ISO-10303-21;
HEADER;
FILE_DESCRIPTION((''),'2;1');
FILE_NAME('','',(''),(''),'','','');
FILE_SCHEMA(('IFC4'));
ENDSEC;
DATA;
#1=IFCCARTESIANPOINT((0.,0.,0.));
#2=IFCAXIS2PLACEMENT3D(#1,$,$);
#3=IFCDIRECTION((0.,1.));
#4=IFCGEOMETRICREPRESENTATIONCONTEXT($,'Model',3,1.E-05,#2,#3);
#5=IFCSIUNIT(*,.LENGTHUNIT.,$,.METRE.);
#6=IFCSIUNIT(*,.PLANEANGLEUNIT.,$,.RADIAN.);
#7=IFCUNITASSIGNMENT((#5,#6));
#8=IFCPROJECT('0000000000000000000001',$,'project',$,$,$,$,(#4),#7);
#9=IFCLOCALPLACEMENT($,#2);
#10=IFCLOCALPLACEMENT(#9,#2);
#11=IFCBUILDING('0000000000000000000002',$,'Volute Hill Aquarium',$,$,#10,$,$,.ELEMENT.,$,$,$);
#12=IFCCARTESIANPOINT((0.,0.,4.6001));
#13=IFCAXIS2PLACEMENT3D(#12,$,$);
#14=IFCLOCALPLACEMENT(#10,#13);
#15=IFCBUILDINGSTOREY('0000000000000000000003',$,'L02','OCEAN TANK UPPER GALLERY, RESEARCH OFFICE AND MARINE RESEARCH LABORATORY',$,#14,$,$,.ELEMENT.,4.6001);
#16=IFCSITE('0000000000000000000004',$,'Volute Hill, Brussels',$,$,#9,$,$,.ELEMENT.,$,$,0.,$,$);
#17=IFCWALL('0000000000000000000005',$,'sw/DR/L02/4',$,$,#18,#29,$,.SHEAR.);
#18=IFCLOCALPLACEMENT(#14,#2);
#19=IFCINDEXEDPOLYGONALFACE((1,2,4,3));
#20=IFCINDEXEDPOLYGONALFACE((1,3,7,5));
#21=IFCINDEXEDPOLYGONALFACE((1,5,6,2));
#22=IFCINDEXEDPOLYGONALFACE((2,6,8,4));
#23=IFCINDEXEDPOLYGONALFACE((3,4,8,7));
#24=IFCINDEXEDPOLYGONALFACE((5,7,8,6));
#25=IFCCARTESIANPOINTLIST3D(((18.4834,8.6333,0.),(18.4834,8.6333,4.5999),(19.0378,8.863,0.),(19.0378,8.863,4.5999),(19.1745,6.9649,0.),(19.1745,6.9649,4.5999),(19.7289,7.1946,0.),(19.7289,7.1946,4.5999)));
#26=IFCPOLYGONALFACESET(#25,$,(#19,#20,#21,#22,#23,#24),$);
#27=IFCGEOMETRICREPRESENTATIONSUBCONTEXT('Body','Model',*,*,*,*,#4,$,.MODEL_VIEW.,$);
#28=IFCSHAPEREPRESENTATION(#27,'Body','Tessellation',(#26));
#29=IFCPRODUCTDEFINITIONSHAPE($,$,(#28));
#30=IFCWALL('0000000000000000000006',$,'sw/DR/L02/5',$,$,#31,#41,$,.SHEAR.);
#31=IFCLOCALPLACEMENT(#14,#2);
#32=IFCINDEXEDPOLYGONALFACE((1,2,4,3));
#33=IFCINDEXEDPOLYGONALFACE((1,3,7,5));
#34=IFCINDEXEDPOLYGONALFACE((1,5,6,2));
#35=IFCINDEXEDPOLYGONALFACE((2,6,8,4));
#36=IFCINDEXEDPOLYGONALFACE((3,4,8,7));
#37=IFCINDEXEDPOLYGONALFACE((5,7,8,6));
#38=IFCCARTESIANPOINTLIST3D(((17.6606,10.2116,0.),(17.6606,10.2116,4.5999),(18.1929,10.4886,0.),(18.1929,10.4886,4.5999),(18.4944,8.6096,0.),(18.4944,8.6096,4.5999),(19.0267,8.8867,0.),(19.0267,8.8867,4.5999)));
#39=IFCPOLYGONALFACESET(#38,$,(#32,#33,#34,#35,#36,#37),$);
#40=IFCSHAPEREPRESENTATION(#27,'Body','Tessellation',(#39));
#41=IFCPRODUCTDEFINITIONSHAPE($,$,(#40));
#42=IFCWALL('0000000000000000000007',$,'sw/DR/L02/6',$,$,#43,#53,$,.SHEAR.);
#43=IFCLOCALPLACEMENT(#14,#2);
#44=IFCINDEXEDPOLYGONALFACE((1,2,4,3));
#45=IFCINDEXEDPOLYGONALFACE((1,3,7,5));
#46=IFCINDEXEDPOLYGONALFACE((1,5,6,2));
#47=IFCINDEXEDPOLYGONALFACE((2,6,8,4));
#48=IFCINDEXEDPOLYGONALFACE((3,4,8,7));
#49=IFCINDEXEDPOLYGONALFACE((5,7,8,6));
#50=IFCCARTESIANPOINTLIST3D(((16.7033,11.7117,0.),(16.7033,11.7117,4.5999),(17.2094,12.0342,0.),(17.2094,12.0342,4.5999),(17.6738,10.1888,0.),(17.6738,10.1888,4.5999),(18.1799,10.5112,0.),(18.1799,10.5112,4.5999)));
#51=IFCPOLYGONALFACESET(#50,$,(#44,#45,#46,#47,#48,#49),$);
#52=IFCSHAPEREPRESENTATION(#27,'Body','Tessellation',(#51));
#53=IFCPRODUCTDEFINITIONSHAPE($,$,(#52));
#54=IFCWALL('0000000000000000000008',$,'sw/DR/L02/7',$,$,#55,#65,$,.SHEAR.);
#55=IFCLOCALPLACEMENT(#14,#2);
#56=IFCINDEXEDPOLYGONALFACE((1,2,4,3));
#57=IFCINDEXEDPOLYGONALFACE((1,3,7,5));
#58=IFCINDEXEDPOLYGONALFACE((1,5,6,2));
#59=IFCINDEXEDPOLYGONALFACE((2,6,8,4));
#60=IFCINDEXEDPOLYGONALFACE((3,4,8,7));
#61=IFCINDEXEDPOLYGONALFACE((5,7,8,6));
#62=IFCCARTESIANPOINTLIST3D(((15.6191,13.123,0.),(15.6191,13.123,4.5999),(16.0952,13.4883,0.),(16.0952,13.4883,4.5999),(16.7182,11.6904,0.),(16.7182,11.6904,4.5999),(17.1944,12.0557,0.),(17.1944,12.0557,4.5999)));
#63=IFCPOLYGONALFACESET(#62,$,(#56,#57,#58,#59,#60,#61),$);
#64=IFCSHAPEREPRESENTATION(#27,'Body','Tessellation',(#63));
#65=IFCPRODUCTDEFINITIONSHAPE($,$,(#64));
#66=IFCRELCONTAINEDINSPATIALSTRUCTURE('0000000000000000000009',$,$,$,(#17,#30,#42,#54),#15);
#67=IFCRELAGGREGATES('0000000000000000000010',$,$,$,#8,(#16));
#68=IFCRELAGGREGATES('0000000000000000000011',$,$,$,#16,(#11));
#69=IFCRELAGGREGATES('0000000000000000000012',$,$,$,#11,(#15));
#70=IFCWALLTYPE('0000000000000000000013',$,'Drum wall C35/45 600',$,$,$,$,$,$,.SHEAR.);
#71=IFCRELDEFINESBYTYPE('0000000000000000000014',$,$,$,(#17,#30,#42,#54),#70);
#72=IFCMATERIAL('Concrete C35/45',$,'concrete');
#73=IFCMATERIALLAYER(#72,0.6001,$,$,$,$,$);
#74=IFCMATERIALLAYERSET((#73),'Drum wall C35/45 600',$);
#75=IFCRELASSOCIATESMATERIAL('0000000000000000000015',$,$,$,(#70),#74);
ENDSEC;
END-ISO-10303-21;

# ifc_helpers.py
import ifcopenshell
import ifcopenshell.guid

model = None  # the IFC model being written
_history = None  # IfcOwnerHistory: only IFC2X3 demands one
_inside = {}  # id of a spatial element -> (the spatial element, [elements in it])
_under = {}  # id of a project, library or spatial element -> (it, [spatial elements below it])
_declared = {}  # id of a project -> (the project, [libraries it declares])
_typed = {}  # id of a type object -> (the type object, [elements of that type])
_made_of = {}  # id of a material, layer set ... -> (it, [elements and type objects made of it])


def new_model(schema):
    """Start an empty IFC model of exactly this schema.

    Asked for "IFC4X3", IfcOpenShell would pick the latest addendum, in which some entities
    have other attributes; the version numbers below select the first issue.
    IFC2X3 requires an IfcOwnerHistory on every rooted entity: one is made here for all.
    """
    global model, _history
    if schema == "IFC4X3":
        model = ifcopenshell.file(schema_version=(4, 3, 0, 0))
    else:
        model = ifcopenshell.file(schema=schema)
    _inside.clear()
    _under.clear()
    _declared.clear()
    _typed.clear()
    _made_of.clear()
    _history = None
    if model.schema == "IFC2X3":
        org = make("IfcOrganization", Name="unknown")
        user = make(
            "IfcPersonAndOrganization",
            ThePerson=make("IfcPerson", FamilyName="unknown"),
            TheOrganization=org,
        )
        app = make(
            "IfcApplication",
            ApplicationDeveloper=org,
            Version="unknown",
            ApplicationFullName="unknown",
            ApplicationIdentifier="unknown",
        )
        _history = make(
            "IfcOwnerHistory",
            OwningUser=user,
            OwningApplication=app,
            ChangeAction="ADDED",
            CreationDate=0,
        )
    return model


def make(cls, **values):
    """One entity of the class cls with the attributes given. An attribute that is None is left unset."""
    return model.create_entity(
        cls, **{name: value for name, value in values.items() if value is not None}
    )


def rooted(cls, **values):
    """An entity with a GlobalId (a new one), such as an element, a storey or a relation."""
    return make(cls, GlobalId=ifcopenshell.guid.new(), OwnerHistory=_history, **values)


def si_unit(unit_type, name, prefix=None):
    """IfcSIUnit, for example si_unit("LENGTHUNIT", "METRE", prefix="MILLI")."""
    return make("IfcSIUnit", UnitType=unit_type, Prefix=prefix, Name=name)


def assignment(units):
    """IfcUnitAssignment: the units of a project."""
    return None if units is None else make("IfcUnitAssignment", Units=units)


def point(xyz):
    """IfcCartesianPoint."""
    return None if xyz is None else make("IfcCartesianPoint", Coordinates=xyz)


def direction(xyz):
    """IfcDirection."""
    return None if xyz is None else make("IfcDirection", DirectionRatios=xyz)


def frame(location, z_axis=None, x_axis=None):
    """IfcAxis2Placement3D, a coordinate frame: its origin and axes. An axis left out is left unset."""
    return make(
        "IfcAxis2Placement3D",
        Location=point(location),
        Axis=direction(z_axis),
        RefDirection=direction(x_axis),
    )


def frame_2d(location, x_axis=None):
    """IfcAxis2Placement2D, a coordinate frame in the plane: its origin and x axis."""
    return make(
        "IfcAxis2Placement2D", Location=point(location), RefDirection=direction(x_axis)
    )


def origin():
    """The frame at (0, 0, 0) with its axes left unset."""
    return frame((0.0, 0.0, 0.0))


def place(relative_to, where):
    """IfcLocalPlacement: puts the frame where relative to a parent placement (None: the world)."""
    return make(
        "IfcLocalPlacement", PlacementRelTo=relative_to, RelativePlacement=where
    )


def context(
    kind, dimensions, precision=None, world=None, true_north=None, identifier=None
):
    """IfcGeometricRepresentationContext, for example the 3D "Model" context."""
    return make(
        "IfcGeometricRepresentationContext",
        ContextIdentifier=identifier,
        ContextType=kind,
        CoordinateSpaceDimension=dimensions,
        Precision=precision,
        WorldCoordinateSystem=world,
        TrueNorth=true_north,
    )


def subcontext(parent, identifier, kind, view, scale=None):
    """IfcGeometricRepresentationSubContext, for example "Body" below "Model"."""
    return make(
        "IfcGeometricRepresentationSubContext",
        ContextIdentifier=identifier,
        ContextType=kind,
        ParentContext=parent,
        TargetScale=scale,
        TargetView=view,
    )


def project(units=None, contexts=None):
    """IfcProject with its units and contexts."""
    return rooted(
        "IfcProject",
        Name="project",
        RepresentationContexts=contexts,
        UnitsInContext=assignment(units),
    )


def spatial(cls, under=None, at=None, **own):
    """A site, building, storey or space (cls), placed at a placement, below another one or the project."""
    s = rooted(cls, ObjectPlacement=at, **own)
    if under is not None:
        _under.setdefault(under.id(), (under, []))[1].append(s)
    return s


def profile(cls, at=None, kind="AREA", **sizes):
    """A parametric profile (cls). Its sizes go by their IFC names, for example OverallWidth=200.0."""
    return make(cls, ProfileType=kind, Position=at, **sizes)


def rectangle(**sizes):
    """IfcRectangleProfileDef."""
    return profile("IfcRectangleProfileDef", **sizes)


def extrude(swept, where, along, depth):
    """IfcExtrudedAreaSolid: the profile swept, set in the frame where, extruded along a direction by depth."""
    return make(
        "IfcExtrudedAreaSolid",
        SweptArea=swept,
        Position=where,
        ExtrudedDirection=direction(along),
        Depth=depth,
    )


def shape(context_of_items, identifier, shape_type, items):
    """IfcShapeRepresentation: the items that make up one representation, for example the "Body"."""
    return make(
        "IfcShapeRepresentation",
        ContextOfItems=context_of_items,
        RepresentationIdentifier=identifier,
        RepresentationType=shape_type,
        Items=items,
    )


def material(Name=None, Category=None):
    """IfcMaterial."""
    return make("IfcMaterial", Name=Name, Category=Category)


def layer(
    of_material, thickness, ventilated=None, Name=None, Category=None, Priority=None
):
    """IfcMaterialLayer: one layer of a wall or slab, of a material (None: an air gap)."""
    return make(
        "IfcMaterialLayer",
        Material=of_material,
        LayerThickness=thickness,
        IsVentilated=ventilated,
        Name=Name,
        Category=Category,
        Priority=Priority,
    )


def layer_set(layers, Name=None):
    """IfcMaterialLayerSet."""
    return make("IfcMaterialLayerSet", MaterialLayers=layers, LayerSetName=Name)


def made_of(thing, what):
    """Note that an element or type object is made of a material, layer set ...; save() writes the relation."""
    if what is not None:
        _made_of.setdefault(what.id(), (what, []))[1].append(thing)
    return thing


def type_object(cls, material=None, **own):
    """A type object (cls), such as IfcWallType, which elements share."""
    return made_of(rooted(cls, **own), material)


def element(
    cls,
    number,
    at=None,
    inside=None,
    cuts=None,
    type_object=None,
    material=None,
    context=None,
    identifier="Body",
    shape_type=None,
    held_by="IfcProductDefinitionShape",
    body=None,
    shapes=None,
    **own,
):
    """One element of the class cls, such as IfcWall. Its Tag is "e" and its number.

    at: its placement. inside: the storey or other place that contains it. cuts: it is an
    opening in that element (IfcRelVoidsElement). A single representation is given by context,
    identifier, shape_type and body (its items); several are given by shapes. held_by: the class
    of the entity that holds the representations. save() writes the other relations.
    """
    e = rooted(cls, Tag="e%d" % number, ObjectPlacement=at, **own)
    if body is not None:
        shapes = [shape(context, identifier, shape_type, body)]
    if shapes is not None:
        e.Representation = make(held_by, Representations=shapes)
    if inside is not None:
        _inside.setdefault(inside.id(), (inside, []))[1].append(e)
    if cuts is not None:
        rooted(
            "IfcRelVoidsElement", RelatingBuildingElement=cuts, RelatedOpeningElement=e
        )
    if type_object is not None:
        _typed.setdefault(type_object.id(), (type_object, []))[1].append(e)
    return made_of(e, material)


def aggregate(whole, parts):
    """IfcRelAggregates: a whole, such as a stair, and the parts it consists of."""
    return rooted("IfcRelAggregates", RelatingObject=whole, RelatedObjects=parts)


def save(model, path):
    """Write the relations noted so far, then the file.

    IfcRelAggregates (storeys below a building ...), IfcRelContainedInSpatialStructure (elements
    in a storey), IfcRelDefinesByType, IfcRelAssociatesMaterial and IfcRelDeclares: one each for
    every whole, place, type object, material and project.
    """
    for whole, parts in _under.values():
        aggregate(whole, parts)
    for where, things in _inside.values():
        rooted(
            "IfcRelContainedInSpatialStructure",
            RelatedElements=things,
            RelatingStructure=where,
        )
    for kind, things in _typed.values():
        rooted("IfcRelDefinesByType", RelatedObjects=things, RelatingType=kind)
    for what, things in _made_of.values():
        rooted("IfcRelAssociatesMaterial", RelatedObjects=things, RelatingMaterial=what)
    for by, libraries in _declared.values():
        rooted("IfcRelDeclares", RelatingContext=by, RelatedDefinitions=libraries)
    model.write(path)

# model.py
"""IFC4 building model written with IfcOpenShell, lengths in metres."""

from ifc_helpers import new_model, si_unit, direction, frame, frame_2d, origin, place, context, subcontext, project, spatial, rectangle, extrude, material, layer, layer_set, type_object, element, save


model = new_model("IFC4")

# Units and contexts
model_context = context("Model", 3, precision=1e-05, world=origin(), true_north=direction((0.0, 1.0)))
body_context = subcontext(model_context, "Body", "Model", "MODEL_VIEW")
ifc_project = project(units=[si_unit("LENGTHUNIT", "METRE"), si_unit("PLANEANGLEUNIT", "RADIAN")], contexts=[model_context])

# Site, building, storey
site_placement = place(None, origin())
site = spatial("IfcSite", under=ifc_project, at=site_placement, Name="Volute Hill, Brussels", CompositionType="ELEMENT", RefElevation=0.0)
building_placement = place(site_placement, origin())
building = spatial("IfcBuilding", under=site, at=building_placement, Name="Volute Hill Aquarium", CompositionType="ELEMENT")
storey_placement = place(building_placement, frame((0.0, 0.0, 4.6001)))
storey = spatial("IfcBuildingStorey", under=building, at=storey_placement, Name="L02", Description="OCEAN TANK UPPER GALLERY, RESEARCH OFFICE AND MARINE RESEARCH LABORATORY", CompositionType="ELEMENT", Elevation=4.6001)

# Walls
ifc_material_1 = material(Name="Concrete C35/45", Category="concrete")
ifc_layer_1 = layer(ifc_material_1, 0.6001)
ifc_layer_set_1 = layer_set([ifc_layer_1], Name="Drum wall C35/45 600")
wall_type_1 = type_object("IfcWallType", Name="Drum wall C35/45 600", PredefinedType="SHEAR", material=ifc_layer_set_1)
for number, where, z_axis, x_axis, name in (
    (1, (19.4517, 7.0798, 0.0), (0.0, 0.0, 1.0), (-0.382714, 0.923867, 0.0), "sw/DR/L02/4"),
    (2, (18.7605, 8.7483, 0.0), (0.0, 0.0, 1.0), (-0.461702, 0.887035, 0.0), "sw/DR/L02/5"),
    (3, (17.9268, 10.3501, 0.0), (0.0, 0.0, 1.0), (-0.537392, 0.843333, 0.0), "sw/DR/L02/6"),
):
    element("IfcWall", number, at=place(storey_placement, frame(where, z_axis=z_axis, x_axis=x_axis)), inside=storey, type_object=wall_type_1, Name=name, PredefinedType="SHEAR", context=body_context, shape_type="SweptSolid", body=[
        extrude(rectangle(XDim=1.8059, YDim=0.6001, at=frame_2d((0.9028, 0.0))), origin(), (0.0, 0.0, 1.0), 4.5999),
    ])
wall_1_placement = place(storey_placement, frame((16.9563, 11.873, 0.0), z_axis=(0.0, 0.0, 1.0), x_axis=(-0.608704, 0.793397, 0.0)))
element("IfcWall", 4, at=wall_1_placement, inside=storey, type_object=wall_type_1, Name="sw/DR/L02/7", PredefinedType="SHEAR", context=body_context, shape_type="SweptSolid", body=[
    extrude(rectangle(XDim=1.8057, YDim=0.6001, at=frame_2d((0.9028, 0.0))), origin(), (0.0, 0.0, 1.0), 4.5999),
])

save(model, "model.ifc")
